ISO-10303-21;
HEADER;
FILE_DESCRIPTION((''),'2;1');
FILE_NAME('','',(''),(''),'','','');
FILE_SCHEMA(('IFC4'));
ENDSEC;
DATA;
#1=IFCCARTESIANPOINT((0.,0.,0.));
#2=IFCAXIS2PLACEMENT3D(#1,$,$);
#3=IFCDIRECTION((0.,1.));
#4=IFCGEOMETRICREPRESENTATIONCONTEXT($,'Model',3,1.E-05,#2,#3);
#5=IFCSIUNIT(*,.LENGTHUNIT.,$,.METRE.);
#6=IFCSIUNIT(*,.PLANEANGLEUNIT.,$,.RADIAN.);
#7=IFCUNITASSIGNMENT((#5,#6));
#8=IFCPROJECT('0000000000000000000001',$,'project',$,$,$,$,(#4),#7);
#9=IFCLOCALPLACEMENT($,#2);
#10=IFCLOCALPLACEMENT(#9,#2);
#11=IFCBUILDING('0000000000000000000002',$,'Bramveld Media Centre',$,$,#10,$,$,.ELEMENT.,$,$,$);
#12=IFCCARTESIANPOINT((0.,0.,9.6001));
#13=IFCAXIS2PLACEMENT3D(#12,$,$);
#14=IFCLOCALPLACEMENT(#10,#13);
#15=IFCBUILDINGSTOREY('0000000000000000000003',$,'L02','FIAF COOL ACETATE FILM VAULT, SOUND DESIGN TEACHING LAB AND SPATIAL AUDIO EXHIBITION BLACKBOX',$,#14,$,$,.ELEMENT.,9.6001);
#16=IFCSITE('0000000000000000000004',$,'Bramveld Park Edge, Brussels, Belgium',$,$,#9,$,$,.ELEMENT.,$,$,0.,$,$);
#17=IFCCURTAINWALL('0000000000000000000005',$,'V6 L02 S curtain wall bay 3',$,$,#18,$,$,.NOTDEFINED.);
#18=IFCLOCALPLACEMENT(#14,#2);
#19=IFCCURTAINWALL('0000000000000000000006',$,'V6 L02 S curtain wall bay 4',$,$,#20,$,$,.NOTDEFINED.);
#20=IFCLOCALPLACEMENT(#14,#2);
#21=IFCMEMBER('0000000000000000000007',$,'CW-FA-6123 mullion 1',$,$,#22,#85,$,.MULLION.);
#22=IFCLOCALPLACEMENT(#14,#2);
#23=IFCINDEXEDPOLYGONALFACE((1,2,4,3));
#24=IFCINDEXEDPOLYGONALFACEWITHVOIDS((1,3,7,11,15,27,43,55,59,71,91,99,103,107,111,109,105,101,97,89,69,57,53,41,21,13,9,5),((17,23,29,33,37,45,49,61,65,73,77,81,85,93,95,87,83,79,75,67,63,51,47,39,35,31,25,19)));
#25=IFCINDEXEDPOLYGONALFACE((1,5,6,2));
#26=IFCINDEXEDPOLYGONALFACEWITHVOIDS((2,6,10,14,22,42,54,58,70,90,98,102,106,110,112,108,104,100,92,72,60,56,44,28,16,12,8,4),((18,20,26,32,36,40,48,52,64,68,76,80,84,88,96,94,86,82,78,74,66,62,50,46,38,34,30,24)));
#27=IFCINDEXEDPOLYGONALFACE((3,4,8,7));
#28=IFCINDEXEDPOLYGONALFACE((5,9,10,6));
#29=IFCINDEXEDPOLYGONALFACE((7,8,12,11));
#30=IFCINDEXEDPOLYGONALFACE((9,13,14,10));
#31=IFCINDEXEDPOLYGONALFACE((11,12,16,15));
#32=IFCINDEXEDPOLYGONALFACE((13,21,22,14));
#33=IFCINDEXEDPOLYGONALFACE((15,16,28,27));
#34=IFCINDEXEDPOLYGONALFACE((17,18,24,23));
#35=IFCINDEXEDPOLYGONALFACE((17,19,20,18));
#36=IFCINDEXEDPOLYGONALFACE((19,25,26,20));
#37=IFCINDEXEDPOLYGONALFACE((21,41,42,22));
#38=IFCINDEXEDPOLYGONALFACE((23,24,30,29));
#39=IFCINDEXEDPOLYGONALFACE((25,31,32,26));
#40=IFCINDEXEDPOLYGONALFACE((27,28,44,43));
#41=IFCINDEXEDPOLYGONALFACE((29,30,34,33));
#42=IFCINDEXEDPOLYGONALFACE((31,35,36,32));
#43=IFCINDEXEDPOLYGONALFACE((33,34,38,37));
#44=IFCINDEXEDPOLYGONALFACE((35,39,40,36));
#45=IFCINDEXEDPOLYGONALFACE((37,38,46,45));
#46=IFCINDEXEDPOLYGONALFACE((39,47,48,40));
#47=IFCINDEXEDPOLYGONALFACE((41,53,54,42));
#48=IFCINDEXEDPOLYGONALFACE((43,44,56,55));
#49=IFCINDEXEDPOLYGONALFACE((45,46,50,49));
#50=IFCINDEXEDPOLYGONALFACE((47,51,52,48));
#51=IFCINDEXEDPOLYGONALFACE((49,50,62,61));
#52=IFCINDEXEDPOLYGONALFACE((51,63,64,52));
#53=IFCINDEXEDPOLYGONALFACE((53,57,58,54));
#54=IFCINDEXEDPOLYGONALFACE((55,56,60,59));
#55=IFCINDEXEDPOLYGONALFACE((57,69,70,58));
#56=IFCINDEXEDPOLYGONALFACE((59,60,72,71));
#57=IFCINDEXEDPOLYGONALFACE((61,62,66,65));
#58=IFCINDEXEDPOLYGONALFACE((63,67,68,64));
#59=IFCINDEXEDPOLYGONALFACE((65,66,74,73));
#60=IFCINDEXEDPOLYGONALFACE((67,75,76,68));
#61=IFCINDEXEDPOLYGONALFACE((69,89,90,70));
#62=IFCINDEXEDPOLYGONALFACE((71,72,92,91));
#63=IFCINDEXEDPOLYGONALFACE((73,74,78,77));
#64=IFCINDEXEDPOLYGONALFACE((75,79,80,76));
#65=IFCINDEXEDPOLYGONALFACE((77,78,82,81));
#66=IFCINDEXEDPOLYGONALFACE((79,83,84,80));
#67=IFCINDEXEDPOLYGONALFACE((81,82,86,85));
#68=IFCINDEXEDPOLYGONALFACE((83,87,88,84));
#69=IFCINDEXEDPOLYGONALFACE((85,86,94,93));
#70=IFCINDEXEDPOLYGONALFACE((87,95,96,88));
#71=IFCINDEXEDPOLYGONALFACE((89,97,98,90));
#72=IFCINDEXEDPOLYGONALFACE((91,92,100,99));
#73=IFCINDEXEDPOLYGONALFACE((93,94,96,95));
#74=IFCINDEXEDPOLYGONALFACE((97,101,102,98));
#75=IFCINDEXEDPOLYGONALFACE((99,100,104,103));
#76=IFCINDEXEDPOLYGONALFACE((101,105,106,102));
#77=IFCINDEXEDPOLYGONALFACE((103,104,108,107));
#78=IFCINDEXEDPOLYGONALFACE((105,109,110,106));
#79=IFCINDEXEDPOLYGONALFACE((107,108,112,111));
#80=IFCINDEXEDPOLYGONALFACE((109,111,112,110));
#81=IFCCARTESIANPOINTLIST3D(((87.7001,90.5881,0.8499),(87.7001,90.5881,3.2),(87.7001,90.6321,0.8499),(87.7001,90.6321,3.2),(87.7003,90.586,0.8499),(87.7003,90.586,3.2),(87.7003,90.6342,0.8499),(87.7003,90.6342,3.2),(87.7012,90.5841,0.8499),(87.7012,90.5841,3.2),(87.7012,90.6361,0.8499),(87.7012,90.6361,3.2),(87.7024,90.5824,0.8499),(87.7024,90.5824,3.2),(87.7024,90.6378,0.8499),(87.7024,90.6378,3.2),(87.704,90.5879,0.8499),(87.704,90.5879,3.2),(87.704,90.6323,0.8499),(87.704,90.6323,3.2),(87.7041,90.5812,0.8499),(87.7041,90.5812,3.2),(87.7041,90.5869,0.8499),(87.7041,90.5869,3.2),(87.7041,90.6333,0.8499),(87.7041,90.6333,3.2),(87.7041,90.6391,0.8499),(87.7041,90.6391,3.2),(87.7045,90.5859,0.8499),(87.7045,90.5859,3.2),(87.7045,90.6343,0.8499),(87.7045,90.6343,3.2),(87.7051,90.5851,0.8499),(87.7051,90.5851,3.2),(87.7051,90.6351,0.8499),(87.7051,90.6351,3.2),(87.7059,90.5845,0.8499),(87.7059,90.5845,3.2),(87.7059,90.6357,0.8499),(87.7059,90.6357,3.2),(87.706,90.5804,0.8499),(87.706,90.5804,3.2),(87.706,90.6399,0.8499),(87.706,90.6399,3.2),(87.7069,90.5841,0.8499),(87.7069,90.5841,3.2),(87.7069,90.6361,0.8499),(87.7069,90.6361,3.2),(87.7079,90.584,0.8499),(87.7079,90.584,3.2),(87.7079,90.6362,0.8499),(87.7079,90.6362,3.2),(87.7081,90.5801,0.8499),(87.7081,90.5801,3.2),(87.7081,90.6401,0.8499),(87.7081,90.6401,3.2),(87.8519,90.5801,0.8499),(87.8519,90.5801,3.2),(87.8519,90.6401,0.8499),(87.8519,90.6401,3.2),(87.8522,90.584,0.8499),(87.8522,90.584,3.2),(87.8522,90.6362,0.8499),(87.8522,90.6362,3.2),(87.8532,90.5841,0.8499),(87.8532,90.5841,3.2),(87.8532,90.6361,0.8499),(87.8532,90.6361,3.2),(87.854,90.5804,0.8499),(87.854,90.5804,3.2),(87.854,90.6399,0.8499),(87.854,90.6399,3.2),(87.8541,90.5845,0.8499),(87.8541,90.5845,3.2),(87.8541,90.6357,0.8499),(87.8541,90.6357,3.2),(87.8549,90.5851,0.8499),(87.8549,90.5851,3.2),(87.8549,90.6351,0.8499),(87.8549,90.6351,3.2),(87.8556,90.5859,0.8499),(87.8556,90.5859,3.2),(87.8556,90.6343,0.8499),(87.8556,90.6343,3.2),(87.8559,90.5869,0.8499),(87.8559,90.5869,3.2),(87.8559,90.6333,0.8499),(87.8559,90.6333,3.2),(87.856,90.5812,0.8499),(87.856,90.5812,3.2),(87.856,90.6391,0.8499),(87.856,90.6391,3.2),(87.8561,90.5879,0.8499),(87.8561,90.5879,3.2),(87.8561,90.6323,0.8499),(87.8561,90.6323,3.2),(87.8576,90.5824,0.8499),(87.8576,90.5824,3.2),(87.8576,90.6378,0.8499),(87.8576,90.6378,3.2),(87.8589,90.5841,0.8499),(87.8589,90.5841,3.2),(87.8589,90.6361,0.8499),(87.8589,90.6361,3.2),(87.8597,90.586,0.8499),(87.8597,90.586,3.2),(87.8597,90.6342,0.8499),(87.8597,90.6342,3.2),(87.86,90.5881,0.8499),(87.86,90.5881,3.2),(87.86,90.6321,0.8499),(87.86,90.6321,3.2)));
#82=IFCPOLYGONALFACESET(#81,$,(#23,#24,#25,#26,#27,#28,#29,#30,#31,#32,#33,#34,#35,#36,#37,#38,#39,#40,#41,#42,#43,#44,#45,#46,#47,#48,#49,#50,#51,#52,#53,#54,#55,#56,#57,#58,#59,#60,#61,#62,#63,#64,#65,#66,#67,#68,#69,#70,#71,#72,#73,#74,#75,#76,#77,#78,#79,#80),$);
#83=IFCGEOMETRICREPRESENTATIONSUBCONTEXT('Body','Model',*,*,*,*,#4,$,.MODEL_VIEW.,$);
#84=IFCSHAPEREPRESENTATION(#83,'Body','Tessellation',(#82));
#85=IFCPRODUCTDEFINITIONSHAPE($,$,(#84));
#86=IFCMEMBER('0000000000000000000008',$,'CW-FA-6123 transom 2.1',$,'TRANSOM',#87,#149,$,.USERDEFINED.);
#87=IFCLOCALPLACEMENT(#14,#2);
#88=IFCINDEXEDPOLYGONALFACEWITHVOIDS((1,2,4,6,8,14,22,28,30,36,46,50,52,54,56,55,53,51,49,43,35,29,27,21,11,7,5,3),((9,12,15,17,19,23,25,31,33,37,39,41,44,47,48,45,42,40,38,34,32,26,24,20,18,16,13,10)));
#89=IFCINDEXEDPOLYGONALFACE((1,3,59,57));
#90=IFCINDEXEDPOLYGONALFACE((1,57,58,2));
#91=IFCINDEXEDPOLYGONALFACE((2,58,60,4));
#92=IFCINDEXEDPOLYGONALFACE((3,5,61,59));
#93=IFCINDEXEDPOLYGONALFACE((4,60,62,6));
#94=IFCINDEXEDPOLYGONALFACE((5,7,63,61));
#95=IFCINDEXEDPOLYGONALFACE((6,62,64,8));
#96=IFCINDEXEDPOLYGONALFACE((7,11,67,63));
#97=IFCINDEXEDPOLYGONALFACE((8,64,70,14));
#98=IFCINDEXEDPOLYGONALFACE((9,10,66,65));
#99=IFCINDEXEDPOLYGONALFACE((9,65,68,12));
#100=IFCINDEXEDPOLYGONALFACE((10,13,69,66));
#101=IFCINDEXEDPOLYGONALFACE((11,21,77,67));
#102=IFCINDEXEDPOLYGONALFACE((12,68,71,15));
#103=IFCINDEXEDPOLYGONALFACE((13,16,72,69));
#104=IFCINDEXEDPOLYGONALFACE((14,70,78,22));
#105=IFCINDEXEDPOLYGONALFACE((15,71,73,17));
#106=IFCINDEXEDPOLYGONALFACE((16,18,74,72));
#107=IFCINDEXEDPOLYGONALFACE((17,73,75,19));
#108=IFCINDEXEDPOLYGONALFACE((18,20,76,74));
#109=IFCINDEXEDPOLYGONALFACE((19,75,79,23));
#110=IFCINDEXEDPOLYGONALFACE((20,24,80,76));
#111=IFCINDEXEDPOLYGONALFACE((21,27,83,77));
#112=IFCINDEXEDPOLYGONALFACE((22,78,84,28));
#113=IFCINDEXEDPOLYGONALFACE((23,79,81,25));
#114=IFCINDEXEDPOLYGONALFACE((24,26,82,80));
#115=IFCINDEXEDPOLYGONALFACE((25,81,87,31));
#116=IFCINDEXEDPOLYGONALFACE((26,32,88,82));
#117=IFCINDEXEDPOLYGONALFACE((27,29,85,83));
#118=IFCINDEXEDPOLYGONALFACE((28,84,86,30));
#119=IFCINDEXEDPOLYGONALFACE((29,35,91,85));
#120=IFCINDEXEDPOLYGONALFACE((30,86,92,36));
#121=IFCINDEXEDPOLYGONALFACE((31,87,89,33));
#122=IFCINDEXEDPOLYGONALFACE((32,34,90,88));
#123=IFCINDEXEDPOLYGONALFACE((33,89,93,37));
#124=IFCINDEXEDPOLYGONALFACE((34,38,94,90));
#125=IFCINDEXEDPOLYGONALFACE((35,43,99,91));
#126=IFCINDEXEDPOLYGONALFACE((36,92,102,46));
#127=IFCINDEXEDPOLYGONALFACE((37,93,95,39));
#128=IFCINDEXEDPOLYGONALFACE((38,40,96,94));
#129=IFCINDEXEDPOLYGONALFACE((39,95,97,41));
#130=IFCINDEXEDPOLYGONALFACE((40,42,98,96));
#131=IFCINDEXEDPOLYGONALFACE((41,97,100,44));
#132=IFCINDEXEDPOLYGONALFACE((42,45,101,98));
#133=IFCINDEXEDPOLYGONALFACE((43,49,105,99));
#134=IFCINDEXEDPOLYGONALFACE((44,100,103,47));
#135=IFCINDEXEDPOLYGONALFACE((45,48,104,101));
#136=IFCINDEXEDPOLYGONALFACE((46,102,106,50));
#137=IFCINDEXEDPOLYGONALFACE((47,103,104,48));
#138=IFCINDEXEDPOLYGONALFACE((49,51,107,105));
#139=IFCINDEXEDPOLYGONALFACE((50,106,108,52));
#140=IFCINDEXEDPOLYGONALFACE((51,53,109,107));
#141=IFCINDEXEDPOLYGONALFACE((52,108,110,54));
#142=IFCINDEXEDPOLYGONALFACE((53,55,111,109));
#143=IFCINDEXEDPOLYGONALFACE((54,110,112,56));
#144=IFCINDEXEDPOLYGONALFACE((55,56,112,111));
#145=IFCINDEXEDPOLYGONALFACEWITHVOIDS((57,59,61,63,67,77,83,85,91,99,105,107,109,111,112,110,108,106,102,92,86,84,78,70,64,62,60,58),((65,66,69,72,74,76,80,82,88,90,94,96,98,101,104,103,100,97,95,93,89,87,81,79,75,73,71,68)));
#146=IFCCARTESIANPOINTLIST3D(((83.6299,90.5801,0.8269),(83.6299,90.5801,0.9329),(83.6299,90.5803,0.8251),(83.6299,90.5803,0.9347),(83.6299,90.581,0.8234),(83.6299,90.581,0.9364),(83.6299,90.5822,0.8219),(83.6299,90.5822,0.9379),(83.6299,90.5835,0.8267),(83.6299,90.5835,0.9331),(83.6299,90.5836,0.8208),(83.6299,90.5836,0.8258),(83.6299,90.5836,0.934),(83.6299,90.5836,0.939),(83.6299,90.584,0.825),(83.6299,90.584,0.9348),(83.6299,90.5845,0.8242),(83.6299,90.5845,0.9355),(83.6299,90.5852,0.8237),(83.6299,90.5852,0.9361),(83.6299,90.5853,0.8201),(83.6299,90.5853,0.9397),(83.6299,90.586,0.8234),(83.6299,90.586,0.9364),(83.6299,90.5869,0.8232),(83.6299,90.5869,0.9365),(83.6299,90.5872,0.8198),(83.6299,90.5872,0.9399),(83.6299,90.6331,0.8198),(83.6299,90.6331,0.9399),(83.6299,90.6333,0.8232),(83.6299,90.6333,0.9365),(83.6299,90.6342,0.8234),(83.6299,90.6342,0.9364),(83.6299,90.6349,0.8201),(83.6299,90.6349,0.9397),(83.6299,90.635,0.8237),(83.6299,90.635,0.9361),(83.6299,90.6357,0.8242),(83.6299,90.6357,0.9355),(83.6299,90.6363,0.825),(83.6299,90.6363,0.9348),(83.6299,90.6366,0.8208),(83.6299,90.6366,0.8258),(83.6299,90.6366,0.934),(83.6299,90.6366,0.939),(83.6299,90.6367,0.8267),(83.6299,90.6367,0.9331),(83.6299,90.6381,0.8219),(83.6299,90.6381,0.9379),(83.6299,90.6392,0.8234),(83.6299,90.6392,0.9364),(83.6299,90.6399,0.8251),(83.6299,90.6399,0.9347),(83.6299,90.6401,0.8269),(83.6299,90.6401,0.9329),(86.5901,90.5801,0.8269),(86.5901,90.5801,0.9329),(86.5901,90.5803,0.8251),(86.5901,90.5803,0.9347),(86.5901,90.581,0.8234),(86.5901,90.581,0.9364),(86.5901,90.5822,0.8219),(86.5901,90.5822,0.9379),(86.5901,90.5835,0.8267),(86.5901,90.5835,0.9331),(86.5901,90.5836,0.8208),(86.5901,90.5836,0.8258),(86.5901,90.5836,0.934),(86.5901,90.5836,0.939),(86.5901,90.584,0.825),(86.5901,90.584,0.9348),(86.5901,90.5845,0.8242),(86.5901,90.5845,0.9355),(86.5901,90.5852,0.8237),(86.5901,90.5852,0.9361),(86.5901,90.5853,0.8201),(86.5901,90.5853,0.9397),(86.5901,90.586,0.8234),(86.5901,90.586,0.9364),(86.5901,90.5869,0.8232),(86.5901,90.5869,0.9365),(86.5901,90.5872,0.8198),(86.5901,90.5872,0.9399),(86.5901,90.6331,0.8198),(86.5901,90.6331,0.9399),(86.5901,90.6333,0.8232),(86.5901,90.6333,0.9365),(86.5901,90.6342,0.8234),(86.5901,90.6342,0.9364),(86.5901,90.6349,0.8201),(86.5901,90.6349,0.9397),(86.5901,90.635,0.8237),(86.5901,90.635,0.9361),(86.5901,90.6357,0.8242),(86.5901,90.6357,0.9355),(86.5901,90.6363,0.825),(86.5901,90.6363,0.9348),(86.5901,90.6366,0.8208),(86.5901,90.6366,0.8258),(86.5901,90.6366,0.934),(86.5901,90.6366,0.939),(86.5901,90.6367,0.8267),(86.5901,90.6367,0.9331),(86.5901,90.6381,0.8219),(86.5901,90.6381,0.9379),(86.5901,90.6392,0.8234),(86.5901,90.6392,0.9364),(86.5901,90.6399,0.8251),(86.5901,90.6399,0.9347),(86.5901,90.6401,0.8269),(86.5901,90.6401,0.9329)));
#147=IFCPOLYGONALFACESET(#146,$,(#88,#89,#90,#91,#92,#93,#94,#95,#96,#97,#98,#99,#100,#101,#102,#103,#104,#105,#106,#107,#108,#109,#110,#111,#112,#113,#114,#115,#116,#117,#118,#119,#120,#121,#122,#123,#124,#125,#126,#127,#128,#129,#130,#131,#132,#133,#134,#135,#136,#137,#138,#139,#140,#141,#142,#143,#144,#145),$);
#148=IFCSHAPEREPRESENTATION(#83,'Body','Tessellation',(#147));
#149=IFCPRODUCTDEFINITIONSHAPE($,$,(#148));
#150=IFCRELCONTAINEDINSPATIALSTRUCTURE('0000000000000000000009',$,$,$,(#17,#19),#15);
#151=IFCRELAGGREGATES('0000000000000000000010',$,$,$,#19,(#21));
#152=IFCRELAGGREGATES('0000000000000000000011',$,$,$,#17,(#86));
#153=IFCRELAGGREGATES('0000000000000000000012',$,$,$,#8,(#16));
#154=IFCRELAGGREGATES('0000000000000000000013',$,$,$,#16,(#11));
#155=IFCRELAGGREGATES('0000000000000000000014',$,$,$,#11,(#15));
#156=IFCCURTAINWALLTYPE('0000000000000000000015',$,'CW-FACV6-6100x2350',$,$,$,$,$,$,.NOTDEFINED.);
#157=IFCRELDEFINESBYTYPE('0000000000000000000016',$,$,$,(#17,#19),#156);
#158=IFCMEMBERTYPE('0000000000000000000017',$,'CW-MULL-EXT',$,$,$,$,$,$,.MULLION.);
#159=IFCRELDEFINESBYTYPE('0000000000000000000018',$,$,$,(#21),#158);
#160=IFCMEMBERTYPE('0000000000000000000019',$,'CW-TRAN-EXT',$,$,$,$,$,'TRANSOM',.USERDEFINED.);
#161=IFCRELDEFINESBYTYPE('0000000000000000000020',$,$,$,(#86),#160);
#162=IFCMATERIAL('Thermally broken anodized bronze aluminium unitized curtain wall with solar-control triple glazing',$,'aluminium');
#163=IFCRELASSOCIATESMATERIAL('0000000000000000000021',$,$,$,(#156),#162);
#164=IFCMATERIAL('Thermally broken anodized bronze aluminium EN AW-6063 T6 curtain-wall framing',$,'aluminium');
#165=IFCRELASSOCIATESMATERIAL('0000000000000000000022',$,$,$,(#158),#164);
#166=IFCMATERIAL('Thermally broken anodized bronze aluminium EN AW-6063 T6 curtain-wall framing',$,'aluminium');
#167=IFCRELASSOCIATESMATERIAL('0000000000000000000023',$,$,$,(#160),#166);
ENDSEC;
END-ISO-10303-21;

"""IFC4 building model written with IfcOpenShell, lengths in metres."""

from ifc_helpers import new_model, si_unit, direction, frame, origin, origin_2d, place, context, subcontext, project, spatial, hollow_rectangle, extrude, material, material_profile, profile_set, type_object, element, aggregate, save


model = new_model("IFC4")

# Units and contexts
model_context = context("Model", 3, precision=1e-05, world=origin(), true_north=direction((0.0, 1.0)))
body_context = subcontext(model_context, "Body", "Model", "MODEL_VIEW")
ifc_project = project(units=[si_unit("LENGTHUNIT", "METRE"), si_unit("PLANEANGLEUNIT", "RADIAN")], contexts=[model_context])

# Site, building, storey
site_placement = place(None, origin())
site = spatial("IfcSite", under=ifc_project, at=site_placement, Name="Bramveld Park Edge, Brussels, Belgium", CompositionType="ELEMENT", RefElevation=0.0)
building_placement = place(site_placement, origin())
building = spatial("IfcBuilding", under=site, at=building_placement, Name="Bramveld Media Centre", CompositionType="ELEMENT")
storey_placement = place(building_placement, frame((0.0, 0.0, 9.6001)))
storey = spatial("IfcBuildingStorey", under=building, at=storey_placement, Name="L02", Description="FIAF COOL ACETATE FILM VAULT, SOUND DESIGN TEACHING LAB AND SPATIAL AUDIO EXHIBITION BLACKBOX", CompositionType="ELEMENT", Elevation=9.6001)

# Curtain wall
ifc_material_1 = material(Name="Thermally broken anodized bronze aluminium unitized curtain wall with solar-control triple glazing", Category="aluminium")
curtain_wall_type = type_object("IfcCurtainWallType", Name="CW-FACV6-6100x2350", PredefinedType="NOTDEFINED", material=ifc_material_1)
curtain_wall_1_placement = place(storey_placement, origin())
curtain_wall_1 = element("IfcCurtainWall", 1, at=curtain_wall_1_placement, inside=storey, type_object=curtain_wall_type, Name="V6 L02 S curtain wall bay 3", PredefinedType="NOTDEFINED")
ifc_material_2 = material(Name="Thermally broken anodized bronze aluminium EN AW-6063 T6 curtain-wall framing", Category="aluminium")
ifc_material_profile_1 = material_profile(ifc_material_2, hollow_rectangle(XDim=0.0601, YDim=0.1599, WallThickness=0.0039, InnerFilletRadius=0.0039, OuterFilletRadius=0.0081, at=origin_2d()), Name="AL-MULL 60x160")
ifc_profile_set_1 = profile_set([ifc_material_profile_1], Name="Thermally broken anodized bronze aluminium EN AW-6063 T6 curtain-wall framing")
member_type_1 = type_object("IfcMemberType", Name="CW-MULL-EXT", PredefinedType="MULLION", material=ifc_profile_set_1)

# Curtain wall, member
curtain_wall_2_placement = place(storey_placement, origin())
curtain_wall_2 = element("IfcCurtainWall", 2, at=curtain_wall_2_placement, inside=storey, type_object=curtain_wall_type, Name="V6 L02 S curtain wall bay 4", PredefinedType="NOTDEFINED")
member_1_placement = place(storey_placement, frame((87.78, 90.6101, 0.8499), z_axis=(0.0, 0.0, 1.0), x_axis=(0.0, 1.0, 0.0)))
member_1 = element("IfcMember", 3, at=member_1_placement, type_object=member_type_1, Name="CW-FA-6123 mullion 1", PredefinedType="MULLION", context=body_context, shape_type="SweptSolid", body=[
    extrude(hollow_rectangle(XDim=0.0601, YDim=0.1599, WallThickness=0.0039, InnerFilletRadius=0.0039, OuterFilletRadius=0.0081, at=origin_2d()), origin(), (0.0, 0.0, 1.0), 2.3501),
])

# Member
ifc_material_3 = material(Name="Thermally broken anodized bronze aluminium EN AW-6063 T6 curtain-wall framing", Category="aluminium")
ifc_material_profile_2 = material_profile(ifc_material_3, hollow_rectangle(XDim=0.0601, YDim=0.1201, WallThickness=0.0034, InnerFilletRadius=0.0034, OuterFilletRadius=0.0071, at=origin_2d()), Name="AL-TRAN 60x120")
ifc_profile_set_2 = profile_set([ifc_material_profile_2], Name="Thermally broken anodized bronze aluminium EN AW-6063 T6 curtain-wall framing")
member_type_2 = type_object("IfcMemberType", Name="CW-TRAN-EXT", ElementType="TRANSOM", PredefinedType="USERDEFINED", material=ifc_profile_set_2)
member_2_placement = place(storey_placement, frame((83.6299, 90.6101, 0.8799), z_axis=(1.0, 0.0, 0.0), x_axis=(0.0, 1.0, 0.0)))
member_2 = element("IfcMember", 4, at=member_2_placement, type_object=member_type_2, Name="CW-FA-6123 transom 2.1", ObjectType="TRANSOM", PredefinedType="USERDEFINED", context=body_context, shape_type="SweptSolid", body=[
    extrude(hollow_rectangle(XDim=0.0601, YDim=0.1201, WallThickness=0.0034, InnerFilletRadius=0.0034, OuterFilletRadius=0.0071, at=origin_2d()), origin(), (0.0, 0.0, 1.0), 2.9602),
])
aggregate(curtain_wall_2, [member_1])

aggregate(curtain_wall_1, [member_2])

save(model, "model.ifc")
